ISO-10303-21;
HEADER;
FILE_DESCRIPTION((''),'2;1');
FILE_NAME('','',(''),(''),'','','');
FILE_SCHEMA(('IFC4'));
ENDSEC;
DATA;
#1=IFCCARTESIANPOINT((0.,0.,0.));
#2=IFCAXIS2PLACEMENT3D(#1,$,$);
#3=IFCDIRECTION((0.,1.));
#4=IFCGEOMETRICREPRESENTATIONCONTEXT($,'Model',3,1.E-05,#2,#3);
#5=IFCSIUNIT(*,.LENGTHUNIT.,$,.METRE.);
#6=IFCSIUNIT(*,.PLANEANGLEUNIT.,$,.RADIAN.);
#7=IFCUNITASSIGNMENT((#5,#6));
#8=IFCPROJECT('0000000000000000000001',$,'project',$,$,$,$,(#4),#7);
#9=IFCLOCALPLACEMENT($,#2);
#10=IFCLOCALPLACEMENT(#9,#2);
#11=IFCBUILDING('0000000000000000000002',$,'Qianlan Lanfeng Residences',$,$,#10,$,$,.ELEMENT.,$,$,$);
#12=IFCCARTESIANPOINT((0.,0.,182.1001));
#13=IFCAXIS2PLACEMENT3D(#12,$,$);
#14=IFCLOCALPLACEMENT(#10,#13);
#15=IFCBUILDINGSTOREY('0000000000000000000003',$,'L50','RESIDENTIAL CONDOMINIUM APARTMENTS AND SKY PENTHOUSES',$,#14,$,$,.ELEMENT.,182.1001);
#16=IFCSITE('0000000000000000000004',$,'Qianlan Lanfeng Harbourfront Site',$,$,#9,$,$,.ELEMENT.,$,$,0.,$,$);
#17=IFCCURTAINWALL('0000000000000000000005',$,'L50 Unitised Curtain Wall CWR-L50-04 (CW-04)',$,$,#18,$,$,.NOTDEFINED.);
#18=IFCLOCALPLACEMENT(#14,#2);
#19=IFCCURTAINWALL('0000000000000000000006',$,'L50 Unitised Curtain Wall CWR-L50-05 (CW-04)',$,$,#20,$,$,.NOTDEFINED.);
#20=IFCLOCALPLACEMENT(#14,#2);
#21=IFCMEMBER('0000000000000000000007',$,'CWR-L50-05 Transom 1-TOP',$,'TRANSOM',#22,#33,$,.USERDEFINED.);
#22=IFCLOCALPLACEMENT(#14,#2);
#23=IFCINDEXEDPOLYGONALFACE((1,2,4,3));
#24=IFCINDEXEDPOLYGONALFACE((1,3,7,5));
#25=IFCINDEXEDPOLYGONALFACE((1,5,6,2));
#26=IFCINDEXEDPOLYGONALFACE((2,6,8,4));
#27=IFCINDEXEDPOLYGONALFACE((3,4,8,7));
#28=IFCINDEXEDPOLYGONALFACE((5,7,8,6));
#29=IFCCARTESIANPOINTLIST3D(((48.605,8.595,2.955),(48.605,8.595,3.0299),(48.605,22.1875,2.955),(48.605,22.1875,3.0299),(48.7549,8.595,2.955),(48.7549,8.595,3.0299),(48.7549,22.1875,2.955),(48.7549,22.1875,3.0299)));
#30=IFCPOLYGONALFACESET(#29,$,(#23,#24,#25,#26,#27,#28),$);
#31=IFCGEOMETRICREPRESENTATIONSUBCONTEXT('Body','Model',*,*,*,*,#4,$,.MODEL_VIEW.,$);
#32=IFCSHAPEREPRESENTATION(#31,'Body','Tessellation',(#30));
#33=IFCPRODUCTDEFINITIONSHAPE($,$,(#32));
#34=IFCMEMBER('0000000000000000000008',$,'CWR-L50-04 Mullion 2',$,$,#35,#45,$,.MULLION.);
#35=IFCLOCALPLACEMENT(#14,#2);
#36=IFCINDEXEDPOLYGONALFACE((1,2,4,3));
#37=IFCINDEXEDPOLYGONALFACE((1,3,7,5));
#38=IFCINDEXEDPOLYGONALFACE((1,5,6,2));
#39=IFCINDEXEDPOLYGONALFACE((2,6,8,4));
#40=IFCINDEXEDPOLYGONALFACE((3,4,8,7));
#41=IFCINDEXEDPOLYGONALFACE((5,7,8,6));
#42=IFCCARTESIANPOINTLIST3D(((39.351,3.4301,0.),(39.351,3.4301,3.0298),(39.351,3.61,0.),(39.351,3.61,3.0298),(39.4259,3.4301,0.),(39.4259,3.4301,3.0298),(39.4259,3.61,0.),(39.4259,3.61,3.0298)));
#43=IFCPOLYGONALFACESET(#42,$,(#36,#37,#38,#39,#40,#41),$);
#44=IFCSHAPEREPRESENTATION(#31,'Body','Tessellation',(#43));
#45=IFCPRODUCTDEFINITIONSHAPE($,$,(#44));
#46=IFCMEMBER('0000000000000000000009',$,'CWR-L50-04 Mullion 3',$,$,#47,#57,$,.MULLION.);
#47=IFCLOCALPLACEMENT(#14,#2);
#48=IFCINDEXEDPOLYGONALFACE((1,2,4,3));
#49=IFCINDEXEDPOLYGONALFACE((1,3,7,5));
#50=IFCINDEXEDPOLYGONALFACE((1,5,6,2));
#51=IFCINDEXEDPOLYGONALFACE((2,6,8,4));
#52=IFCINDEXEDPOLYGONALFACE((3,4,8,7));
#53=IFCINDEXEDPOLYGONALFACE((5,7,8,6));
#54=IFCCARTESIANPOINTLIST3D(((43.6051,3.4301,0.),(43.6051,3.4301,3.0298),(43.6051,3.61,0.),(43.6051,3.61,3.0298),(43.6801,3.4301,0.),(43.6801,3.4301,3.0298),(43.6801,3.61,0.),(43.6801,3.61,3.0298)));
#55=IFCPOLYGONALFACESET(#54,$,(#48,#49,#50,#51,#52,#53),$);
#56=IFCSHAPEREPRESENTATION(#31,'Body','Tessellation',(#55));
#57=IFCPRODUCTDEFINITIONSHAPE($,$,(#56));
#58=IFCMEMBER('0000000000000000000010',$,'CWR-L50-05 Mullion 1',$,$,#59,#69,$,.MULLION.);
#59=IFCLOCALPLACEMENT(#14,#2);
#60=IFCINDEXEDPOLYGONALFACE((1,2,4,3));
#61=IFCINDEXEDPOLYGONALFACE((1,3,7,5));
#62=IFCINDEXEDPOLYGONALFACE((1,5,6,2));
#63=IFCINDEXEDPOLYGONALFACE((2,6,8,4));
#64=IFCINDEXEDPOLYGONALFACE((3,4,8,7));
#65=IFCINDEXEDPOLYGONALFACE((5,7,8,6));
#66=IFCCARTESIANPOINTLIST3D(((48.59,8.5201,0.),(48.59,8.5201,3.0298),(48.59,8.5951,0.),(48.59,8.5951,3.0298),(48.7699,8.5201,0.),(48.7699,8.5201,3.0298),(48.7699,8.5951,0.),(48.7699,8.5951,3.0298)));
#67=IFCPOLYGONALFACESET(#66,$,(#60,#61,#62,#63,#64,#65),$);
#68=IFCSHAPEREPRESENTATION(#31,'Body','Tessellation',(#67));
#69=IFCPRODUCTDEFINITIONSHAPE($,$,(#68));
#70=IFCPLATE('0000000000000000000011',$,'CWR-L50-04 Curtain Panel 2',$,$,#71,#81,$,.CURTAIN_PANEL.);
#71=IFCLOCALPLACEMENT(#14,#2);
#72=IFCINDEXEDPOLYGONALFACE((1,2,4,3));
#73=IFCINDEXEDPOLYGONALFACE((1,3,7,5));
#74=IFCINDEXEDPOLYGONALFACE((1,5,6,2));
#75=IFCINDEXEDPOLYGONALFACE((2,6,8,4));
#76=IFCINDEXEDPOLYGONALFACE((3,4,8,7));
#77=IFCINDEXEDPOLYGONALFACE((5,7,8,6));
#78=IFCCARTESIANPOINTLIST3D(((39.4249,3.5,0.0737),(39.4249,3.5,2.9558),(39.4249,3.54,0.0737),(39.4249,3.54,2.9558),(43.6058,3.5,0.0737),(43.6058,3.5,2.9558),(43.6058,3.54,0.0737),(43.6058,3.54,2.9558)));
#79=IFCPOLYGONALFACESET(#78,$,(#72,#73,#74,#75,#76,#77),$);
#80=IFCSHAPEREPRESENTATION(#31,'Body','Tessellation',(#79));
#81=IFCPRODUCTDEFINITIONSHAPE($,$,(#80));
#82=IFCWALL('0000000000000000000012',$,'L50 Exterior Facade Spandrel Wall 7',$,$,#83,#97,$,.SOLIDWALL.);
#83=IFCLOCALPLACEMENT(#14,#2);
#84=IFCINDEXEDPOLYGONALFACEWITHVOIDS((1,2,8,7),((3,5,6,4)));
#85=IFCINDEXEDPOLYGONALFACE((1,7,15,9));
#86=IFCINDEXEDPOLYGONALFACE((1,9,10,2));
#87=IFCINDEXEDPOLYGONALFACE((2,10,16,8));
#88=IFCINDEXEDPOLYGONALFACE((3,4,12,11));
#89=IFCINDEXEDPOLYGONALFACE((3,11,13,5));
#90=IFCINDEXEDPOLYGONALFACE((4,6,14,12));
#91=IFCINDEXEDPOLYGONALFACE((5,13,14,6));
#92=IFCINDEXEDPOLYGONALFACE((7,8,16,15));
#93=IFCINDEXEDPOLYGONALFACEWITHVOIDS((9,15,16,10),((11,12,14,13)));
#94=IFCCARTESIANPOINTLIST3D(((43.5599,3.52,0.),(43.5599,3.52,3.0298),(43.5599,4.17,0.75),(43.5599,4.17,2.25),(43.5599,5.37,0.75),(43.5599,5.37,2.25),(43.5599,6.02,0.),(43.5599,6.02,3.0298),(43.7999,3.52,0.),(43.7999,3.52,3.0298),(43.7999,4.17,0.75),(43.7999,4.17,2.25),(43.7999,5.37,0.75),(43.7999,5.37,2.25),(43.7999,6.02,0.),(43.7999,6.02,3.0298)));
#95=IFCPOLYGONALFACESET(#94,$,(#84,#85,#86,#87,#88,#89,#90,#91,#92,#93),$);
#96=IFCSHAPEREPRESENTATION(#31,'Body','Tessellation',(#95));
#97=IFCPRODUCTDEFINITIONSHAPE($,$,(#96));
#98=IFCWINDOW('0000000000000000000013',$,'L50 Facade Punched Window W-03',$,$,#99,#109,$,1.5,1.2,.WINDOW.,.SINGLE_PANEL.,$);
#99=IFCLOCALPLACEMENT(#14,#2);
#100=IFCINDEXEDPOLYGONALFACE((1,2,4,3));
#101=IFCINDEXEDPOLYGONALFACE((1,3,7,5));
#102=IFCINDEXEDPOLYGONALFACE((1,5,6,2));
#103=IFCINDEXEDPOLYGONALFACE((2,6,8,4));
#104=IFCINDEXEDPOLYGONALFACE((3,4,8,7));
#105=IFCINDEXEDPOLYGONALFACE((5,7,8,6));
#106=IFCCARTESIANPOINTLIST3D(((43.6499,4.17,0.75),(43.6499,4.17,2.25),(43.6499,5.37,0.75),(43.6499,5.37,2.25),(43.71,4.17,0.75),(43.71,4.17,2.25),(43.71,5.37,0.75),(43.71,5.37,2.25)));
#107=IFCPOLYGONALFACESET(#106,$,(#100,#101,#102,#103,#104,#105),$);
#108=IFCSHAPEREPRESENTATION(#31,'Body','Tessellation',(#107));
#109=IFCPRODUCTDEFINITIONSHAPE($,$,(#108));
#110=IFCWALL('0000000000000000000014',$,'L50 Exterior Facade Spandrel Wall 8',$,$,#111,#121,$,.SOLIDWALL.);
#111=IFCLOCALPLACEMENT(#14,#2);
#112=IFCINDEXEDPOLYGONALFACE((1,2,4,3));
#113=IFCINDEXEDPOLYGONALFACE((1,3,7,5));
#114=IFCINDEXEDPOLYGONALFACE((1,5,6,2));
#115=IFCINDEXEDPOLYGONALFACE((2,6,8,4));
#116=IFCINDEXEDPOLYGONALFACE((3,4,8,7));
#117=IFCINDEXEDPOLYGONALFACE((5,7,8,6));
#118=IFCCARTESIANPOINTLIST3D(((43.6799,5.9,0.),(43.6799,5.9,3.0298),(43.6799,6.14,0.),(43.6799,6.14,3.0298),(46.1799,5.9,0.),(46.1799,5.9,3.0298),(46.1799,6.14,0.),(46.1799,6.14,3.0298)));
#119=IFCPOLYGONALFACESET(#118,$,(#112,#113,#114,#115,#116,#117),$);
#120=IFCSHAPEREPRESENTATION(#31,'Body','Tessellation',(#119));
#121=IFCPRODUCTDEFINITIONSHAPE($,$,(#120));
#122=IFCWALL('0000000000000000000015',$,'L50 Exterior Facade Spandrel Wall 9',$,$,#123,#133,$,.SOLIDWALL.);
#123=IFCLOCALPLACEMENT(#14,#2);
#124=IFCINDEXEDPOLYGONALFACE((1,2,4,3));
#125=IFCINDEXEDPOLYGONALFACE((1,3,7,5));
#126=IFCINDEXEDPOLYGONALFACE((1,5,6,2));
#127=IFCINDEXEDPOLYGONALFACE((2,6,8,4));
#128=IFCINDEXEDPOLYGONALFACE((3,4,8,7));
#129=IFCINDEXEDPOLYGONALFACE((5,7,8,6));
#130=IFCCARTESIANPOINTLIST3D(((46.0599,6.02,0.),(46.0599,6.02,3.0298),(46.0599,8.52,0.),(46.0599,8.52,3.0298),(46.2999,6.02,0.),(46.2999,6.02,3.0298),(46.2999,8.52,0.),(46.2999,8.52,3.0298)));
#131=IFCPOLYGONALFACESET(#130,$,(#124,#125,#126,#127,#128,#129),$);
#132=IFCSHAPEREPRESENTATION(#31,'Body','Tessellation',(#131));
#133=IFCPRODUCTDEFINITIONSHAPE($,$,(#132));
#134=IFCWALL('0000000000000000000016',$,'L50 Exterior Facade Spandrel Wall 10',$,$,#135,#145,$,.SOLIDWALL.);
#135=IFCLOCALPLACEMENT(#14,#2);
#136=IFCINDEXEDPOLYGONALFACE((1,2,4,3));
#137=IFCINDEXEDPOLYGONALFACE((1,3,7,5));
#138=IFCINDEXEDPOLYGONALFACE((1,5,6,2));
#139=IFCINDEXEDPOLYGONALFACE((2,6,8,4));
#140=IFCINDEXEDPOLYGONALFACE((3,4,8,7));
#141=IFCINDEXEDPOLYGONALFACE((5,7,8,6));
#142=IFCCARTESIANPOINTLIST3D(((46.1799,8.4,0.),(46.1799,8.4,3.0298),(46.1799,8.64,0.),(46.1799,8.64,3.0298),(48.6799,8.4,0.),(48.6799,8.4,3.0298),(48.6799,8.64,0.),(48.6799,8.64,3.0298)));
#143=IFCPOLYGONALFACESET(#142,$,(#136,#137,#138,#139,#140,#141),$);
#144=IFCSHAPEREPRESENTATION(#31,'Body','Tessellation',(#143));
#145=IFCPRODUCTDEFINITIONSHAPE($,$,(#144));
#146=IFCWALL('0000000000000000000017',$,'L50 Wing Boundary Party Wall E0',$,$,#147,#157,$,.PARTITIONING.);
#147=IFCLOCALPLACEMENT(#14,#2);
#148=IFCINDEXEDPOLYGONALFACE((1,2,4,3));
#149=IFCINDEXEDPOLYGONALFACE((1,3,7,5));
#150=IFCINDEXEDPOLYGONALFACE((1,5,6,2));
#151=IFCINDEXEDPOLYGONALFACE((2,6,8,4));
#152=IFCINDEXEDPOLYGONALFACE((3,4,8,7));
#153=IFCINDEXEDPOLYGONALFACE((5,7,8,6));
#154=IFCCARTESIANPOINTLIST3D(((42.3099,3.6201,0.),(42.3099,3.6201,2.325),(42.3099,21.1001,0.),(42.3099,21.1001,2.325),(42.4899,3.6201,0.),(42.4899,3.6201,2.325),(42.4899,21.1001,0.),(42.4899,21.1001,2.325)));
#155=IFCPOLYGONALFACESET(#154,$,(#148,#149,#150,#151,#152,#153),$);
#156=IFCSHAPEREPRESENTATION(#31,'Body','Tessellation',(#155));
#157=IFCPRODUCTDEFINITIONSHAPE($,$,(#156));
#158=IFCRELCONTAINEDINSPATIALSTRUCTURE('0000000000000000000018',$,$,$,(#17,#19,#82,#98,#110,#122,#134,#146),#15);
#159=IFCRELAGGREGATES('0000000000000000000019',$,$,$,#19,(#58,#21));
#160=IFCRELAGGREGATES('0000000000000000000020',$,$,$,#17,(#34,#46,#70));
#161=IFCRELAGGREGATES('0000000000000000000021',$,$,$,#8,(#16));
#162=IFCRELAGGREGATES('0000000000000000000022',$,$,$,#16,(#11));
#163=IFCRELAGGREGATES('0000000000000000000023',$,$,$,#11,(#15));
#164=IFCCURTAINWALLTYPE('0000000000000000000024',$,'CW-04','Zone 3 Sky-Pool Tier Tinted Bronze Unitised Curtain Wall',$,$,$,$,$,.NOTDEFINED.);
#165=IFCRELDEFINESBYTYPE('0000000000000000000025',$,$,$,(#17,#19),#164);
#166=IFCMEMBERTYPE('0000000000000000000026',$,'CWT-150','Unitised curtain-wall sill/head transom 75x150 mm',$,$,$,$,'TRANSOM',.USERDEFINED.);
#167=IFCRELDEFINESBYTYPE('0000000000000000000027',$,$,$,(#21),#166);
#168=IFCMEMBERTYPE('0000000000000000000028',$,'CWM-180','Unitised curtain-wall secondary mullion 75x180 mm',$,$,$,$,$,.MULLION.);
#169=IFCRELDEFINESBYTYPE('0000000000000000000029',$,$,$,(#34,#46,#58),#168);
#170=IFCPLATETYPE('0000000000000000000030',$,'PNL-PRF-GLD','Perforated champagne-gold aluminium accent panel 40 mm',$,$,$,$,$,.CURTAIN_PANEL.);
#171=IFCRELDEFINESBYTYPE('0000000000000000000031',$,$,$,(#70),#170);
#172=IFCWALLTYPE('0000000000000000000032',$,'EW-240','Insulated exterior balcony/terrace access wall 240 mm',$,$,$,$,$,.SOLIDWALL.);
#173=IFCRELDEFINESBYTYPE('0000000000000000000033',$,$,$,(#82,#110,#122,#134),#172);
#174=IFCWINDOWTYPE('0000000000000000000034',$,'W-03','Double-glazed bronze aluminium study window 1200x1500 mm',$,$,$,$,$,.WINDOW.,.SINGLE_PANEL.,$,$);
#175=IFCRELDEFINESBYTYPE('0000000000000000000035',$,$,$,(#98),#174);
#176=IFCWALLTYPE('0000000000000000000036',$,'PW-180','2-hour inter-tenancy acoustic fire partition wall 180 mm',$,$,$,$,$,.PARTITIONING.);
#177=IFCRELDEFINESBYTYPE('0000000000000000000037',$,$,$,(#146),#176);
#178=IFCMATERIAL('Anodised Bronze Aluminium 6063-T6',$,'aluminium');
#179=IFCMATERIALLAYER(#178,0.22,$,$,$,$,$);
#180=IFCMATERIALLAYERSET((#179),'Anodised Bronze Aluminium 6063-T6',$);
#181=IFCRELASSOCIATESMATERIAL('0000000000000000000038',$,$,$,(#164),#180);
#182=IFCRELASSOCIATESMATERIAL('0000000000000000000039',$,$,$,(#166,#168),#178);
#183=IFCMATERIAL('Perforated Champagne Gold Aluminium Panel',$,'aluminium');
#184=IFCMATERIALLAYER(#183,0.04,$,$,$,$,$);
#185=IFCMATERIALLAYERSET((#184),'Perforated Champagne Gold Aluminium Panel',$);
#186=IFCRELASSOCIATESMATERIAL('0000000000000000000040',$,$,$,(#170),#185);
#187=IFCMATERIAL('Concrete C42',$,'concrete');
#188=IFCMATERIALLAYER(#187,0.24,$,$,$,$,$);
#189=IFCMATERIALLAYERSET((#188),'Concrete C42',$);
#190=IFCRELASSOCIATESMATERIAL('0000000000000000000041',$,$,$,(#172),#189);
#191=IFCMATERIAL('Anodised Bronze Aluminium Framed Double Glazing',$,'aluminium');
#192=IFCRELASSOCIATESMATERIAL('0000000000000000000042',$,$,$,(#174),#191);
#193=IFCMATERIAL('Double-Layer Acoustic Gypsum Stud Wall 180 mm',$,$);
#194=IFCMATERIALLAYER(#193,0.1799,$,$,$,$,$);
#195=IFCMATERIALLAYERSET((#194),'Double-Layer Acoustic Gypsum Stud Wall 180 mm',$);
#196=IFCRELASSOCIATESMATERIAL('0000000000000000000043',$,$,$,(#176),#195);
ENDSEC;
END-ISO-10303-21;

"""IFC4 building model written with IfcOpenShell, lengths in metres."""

from ifc_helpers import new_model, si_unit, direction, frame, frame_2d, origin, origin_2d, place, context, subcontext, project, spatial, rectangle, extrude, source, transform, mapped, material, layer, layer_set, material_profile, profile_set, type_object, element, fill, aggregate, save


model = new_model("IFC4")

# Units and contexts
model_context = context("Model", 3, precision=1e-05, world=origin(), true_north=direction((0.0, 1.0)))
body_context = subcontext(model_context, "Body", "Model", "MODEL_VIEW")
ifc_project = project(units=[si_unit("LENGTHUNIT", "METRE"), si_unit("PLANEANGLEUNIT", "RADIAN")], contexts=[model_context])

# Site, building, storey
site_placement = place(None, origin())
site = spatial("IfcSite", under=ifc_project, at=site_placement, Name="Qianlan Lanfeng Harbourfront Site", CompositionType="ELEMENT", RefElevation=0.0)
building_placement = place(site_placement, origin())
building = spatial("IfcBuilding", under=site, at=building_placement, Name="Qianlan Lanfeng Residences", CompositionType="ELEMENT")
storey_placement = place(building_placement, frame((0.0, 0.0, 182.1001)))
storey = spatial("IfcBuildingStorey", under=building, at=storey_placement, Name="L50", Description="RESIDENTIAL CONDOMINIUM APARTMENTS AND SKY PENTHOUSES", CompositionType="ELEMENT", Elevation=182.1001)

# Curtain walls, member
ifc_material_1 = material(Name="Anodised Bronze Aluminium 6063-T6", Category="aluminium")
ifc_layer_1 = layer(ifc_material_1, 0.22)
ifc_layer_set_1 = layer_set([ifc_layer_1], Name="Anodised Bronze Aluminium 6063-T6")
curtain_wall_type = type_object("IfcCurtainWallType", Name="CW-04", Description="Zone 3 Sky-Pool Tier Tinted Bronze Unitised Curtain Wall", PredefinedType="NOTDEFINED", material=ifc_layer_set_1)
curtain_wall_1_placement = place(storey_placement, origin())
curtain_wall_1 = element("IfcCurtainWall", 1, at=curtain_wall_1_placement, inside=storey, type_object=curtain_wall_type, Name="L50 Unitised Curtain Wall CWR-L50-04 (CW-04)", PredefinedType="NOTDEFINED")
ifc_material_profile_1 = material_profile(ifc_material_1, rectangle(XDim=0.075, YDim=0.1499, at=origin_2d()), Name="ALU TRANSOM 75x150")
ifc_profile_set_1 = profile_set([ifc_material_profile_1], Name="Anodised Bronze Aluminium 6063-T6")
member_type_1 = type_object("IfcMemberType", Name="CWT-150", Description="Unitised curtain-wall sill/head transom 75x150 mm", ElementType="TRANSOM", PredefinedType="USERDEFINED", material=ifc_profile_set_1)
curtain_wall_2_placement = place(storey_placement, origin())
curtain_wall_2 = element("IfcCurtainWall", 2, at=curtain_wall_2_placement, inside=storey, type_object=curtain_wall_type, Name="L50 Unitised Curtain Wall CWR-L50-05 (CW-04)", PredefinedType="NOTDEFINED")
shared_shape_1 = source(origin(), body_context, "Body", "SweptSolid", [
    extrude(rectangle(XDim=0.075, YDim=0.1499, at=origin_2d()), origin(), (0.0, 0.0, 1.0), 13.5925),
])
member_1_placement = place(storey_placement, frame((48.6799, 8.595, 2.9924), z_axis=(0.0, 1.0, 0.0), x_axis=(0.0, 0.0, 1.0)))
member_1 = element("IfcMember", 3, at=member_1_placement, type_object=member_type_1, Name="CWR-L50-05 Transom 1-TOP", ObjectType="TRANSOM", PredefinedType="USERDEFINED", context=body_context, shape_type="MappedRepresentation", body=[
    mapped(shared_shape_1, transform((0.0, 0.0, 0.0), scale=1.0)),
])

# Members
ifc_material_profile_2 = material_profile(ifc_material_1, rectangle(XDim=0.075, YDim=0.1799, at=origin_2d()), Name="ALU MULLION 75x180")
ifc_profile_set_2 = profile_set([ifc_material_profile_2], Name="Anodised Bronze Aluminium 6063-T6")
member_type_2 = type_object("IfcMemberType", Name="CWM-180", Description="Unitised curtain-wall secondary mullion 75x180 mm", PredefinedType="MULLION", material=ifc_profile_set_2)
shared_shape_2 = source(origin(), body_context, "Body", "SweptSolid", [
    extrude(rectangle(XDim=0.075, YDim=0.1799, at=origin_2d()), origin(), (0.0, 0.0, 1.0), 3.0298),
])
member_2_placement = place(storey_placement, frame((39.3884, 3.52, 0.0), z_axis=(0.0, 0.0, 1.0), x_axis=(1.0, 0.0, 0.0)))
member_2 = element("IfcMember", 4, at=member_2_placement, type_object=member_type_2, Name="CWR-L50-04 Mullion 2", PredefinedType="MULLION", context=body_context, shape_type="MappedRepresentation", body=[
    mapped(shared_shape_2, transform((0.0, 0.0, 0.0), scale=1.0)),
])
member_3_placement = place(storey_placement, frame((43.6426, 3.52, 0.0), z_axis=(0.0, 0.0, 1.0), x_axis=(1.0, 0.0, 0.0)))
member_3 = element("IfcMember", 5, at=member_3_placement, type_object=member_type_2, Name="CWR-L50-04 Mullion 3", PredefinedType="MULLION", context=body_context, shape_type="MappedRepresentation", body=[
    mapped(shared_shape_2, transform((0.0, 0.0, 0.0), scale=1.0)),
])
member_4_placement = place(storey_placement, frame((48.6799, 8.5576, 0.0), z_axis=(0.0, 0.0, 1.0), x_axis=(0.0, 1.0, 0.0)))
member_4 = element("IfcMember", 6, at=member_4_placement, type_object=member_type_2, Name="CWR-L50-05 Mullion 1", PredefinedType="MULLION", context=body_context, shape_type="MappedRepresentation", body=[
    mapped(shared_shape_2, transform((0.0, 0.0, 0.0), scale=1.0)),
])
aggregate(curtain_wall_2, [member_4, member_1])

# Plate
ifc_material_2 = material(Name="Perforated Champagne Gold Aluminium Panel", Category="aluminium")
ifc_layer_2 = layer(ifc_material_2, 0.04)
ifc_layer_set_2 = layer_set([ifc_layer_2], Name="Perforated Champagne Gold Aluminium Panel")
plate_type = type_object("IfcPlateType", Name="PNL-PRF-GLD", Description="Perforated champagne-gold aluminium accent panel 40 mm", PredefinedType="CURTAIN_PANEL", material=ifc_layer_set_2)
shared_shape_3 = source(origin(), body_context, "Body", "SweptSolid", [
    extrude(rectangle(XDim=4.1809, YDim=0.04, at=origin_2d()), origin(), (0.0, 0.0, 1.0), 2.8821),
])
plate_placement = place(storey_placement, frame((41.5154, 3.52, 0.0737), z_axis=(0.0, 0.0, 1.0), x_axis=(1.0, 0.0, 0.0)))
plate = element("IfcPlate", 7, at=plate_placement, type_object=plate_type, Name="CWR-L50-04 Curtain Panel 2", PredefinedType="CURTAIN_PANEL", context=body_context, shape_type="MappedRepresentation", body=[
    mapped(shared_shape_3, transform((0.0, 0.0, 0.0), scale=1.0)),
])
aggregate(curtain_wall_1, [member_2, member_3, plate])

# Wall, opening, window
ifc_material_3 = material(Name="Concrete C42", Category="concrete")
ifc_layer_3 = layer(ifc_material_3, 0.24)
ifc_layer_set_3 = layer_set([ifc_layer_3], Name="Concrete C42")
wall_type_1 = type_object("IfcWallType", Name="EW-240", Description="Insulated exterior balcony/terrace access wall 240 mm", PredefinedType="SOLIDWALL", material=ifc_layer_set_3)
wall_1_placement = place(storey_placement, frame((43.6799, 3.52, 0.0), z_axis=(0.0, 0.0, 1.0), x_axis=(0.0, 1.0, 0.0)))
wall_1 = element("IfcWall", 8, at=wall_1_placement, inside=storey, type_object=wall_type_1, Name="L50 Exterior Facade Spandrel Wall 7", PredefinedType="SOLIDWALL", context=body_context, shape_type="SweptSolid", body=[
    extrude(rectangle(XDim=2.5, YDim=0.24, at=frame_2d((1.25, 0.0))), origin(), (0.0, 0.0, 1.0), 3.0298),
])
opening_placement = place(wall_1_placement, frame((0.6499, 0.0, 0.75)))
opening = element("IfcOpeningElement", 9, at=opening_placement, cuts=wall_1, PredefinedType="OPENING", context=body_context, shape_type="SweptSolid", body=[
    extrude(rectangle(XDim=1.2, YDim=1.5, at=frame_2d((0.6001, 0.75))), frame((0.0, 0.1299, 0.0), z_axis=(0.0, -1.0, 0.0), x_axis=(1.0, 0.0, 0.0)), (0.0, 0.0, 1.0), 0.26),
])
ifc_material_4 = material(Name="Anodised Bronze Aluminium Framed Double Glazing", Category="aluminium")
window_type = type_object("IfcWindowType", Name="W-03", Description="Double-glazed bronze aluminium study window 1200x1500 mm", PartitioningType="SINGLE_PANEL", PredefinedType="WINDOW", material=ifc_material_4)
window_placement = place(opening_placement, origin())
window = element("IfcWindow", 10, at=window_placement, inside=storey, type_object=window_type, Name="L50 Facade Punched Window W-03", OverallHeight=1.5, OverallWidth=1.2, PartitioningType="SINGLE_PANEL", PredefinedType="WINDOW", context=body_context, shape_type="SweptSolid", body=[
    extrude(rectangle(XDim=1.2, YDim=1.5, at=frame_2d((0.6001, 0.75))), frame((0.0, 0.03, 0.0), z_axis=(0.0, -1.0, 0.0), x_axis=(1.0, 0.0, 0.0)), (0.0, 0.0, 1.0), 0.0601),
])
fill(opening, window)

# Walls
for number, where, z_axis, x_axis, name in (
    (11, (43.6799, 6.02, 0.0), (0.0, 0.0, 1.0), (1.0, 0.0, 0.0), "L50 Exterior Facade Spandrel Wall 8"),
    (12, (46.1799, 6.02, 0.0), (0.0, 0.0, 1.0), (0.0, 1.0, 0.0), "L50 Exterior Facade Spandrel Wall 9"),
    (13, (46.1799, 8.52, 0.0), (0.0, 0.0, 1.0), (1.0, 0.0, 0.0), "L50 Exterior Facade Spandrel Wall 10"),
):
    element("IfcWall", number, at=place(storey_placement, frame(where, z_axis=z_axis, x_axis=x_axis)), inside=storey, type_object=wall_type_1, Name=name, PredefinedType="SOLIDWALL", context=body_context, shape_type="SweptSolid", body=[
        extrude(rectangle(XDim=2.5, YDim=0.24, at=frame_2d((1.25, 0.0))), origin(), (0.0, 0.0, 1.0), 3.0298),
    ])
ifc_material_5 = material(Name="Double-Layer Acoustic Gypsum Stud Wall 180 mm")
ifc_layer_4 = layer(ifc_material_5, 0.1799)
ifc_layer_set_4 = layer_set([ifc_layer_4], Name="Double-Layer Acoustic Gypsum Stud Wall 180 mm")
wall_type_2 = type_object("IfcWallType", Name="PW-180", Description="2-hour inter-tenancy acoustic fire partition wall 180 mm", PredefinedType="PARTITIONING", material=ifc_layer_set_4)
wall_2_placement = place(storey_placement, frame((42.3999, 3.6201, 0.0), z_axis=(0.0, 0.0, 1.0), x_axis=(0.0, 1.0, 0.0)))
element("IfcWall", 14, at=wall_2_placement, inside=storey, type_object=wall_type_2, Name="L50 Wing Boundary Party Wall E0", PredefinedType="PARTITIONING", context=body_context, shape_type="SweptSolid", body=[
    extrude(rectangle(XDim=17.48, YDim=0.1799, at=frame_2d((8.74, 0.0))), origin(), (0.0, 0.0, 1.0), 2.325),
])

save(model, "model.ifc")
